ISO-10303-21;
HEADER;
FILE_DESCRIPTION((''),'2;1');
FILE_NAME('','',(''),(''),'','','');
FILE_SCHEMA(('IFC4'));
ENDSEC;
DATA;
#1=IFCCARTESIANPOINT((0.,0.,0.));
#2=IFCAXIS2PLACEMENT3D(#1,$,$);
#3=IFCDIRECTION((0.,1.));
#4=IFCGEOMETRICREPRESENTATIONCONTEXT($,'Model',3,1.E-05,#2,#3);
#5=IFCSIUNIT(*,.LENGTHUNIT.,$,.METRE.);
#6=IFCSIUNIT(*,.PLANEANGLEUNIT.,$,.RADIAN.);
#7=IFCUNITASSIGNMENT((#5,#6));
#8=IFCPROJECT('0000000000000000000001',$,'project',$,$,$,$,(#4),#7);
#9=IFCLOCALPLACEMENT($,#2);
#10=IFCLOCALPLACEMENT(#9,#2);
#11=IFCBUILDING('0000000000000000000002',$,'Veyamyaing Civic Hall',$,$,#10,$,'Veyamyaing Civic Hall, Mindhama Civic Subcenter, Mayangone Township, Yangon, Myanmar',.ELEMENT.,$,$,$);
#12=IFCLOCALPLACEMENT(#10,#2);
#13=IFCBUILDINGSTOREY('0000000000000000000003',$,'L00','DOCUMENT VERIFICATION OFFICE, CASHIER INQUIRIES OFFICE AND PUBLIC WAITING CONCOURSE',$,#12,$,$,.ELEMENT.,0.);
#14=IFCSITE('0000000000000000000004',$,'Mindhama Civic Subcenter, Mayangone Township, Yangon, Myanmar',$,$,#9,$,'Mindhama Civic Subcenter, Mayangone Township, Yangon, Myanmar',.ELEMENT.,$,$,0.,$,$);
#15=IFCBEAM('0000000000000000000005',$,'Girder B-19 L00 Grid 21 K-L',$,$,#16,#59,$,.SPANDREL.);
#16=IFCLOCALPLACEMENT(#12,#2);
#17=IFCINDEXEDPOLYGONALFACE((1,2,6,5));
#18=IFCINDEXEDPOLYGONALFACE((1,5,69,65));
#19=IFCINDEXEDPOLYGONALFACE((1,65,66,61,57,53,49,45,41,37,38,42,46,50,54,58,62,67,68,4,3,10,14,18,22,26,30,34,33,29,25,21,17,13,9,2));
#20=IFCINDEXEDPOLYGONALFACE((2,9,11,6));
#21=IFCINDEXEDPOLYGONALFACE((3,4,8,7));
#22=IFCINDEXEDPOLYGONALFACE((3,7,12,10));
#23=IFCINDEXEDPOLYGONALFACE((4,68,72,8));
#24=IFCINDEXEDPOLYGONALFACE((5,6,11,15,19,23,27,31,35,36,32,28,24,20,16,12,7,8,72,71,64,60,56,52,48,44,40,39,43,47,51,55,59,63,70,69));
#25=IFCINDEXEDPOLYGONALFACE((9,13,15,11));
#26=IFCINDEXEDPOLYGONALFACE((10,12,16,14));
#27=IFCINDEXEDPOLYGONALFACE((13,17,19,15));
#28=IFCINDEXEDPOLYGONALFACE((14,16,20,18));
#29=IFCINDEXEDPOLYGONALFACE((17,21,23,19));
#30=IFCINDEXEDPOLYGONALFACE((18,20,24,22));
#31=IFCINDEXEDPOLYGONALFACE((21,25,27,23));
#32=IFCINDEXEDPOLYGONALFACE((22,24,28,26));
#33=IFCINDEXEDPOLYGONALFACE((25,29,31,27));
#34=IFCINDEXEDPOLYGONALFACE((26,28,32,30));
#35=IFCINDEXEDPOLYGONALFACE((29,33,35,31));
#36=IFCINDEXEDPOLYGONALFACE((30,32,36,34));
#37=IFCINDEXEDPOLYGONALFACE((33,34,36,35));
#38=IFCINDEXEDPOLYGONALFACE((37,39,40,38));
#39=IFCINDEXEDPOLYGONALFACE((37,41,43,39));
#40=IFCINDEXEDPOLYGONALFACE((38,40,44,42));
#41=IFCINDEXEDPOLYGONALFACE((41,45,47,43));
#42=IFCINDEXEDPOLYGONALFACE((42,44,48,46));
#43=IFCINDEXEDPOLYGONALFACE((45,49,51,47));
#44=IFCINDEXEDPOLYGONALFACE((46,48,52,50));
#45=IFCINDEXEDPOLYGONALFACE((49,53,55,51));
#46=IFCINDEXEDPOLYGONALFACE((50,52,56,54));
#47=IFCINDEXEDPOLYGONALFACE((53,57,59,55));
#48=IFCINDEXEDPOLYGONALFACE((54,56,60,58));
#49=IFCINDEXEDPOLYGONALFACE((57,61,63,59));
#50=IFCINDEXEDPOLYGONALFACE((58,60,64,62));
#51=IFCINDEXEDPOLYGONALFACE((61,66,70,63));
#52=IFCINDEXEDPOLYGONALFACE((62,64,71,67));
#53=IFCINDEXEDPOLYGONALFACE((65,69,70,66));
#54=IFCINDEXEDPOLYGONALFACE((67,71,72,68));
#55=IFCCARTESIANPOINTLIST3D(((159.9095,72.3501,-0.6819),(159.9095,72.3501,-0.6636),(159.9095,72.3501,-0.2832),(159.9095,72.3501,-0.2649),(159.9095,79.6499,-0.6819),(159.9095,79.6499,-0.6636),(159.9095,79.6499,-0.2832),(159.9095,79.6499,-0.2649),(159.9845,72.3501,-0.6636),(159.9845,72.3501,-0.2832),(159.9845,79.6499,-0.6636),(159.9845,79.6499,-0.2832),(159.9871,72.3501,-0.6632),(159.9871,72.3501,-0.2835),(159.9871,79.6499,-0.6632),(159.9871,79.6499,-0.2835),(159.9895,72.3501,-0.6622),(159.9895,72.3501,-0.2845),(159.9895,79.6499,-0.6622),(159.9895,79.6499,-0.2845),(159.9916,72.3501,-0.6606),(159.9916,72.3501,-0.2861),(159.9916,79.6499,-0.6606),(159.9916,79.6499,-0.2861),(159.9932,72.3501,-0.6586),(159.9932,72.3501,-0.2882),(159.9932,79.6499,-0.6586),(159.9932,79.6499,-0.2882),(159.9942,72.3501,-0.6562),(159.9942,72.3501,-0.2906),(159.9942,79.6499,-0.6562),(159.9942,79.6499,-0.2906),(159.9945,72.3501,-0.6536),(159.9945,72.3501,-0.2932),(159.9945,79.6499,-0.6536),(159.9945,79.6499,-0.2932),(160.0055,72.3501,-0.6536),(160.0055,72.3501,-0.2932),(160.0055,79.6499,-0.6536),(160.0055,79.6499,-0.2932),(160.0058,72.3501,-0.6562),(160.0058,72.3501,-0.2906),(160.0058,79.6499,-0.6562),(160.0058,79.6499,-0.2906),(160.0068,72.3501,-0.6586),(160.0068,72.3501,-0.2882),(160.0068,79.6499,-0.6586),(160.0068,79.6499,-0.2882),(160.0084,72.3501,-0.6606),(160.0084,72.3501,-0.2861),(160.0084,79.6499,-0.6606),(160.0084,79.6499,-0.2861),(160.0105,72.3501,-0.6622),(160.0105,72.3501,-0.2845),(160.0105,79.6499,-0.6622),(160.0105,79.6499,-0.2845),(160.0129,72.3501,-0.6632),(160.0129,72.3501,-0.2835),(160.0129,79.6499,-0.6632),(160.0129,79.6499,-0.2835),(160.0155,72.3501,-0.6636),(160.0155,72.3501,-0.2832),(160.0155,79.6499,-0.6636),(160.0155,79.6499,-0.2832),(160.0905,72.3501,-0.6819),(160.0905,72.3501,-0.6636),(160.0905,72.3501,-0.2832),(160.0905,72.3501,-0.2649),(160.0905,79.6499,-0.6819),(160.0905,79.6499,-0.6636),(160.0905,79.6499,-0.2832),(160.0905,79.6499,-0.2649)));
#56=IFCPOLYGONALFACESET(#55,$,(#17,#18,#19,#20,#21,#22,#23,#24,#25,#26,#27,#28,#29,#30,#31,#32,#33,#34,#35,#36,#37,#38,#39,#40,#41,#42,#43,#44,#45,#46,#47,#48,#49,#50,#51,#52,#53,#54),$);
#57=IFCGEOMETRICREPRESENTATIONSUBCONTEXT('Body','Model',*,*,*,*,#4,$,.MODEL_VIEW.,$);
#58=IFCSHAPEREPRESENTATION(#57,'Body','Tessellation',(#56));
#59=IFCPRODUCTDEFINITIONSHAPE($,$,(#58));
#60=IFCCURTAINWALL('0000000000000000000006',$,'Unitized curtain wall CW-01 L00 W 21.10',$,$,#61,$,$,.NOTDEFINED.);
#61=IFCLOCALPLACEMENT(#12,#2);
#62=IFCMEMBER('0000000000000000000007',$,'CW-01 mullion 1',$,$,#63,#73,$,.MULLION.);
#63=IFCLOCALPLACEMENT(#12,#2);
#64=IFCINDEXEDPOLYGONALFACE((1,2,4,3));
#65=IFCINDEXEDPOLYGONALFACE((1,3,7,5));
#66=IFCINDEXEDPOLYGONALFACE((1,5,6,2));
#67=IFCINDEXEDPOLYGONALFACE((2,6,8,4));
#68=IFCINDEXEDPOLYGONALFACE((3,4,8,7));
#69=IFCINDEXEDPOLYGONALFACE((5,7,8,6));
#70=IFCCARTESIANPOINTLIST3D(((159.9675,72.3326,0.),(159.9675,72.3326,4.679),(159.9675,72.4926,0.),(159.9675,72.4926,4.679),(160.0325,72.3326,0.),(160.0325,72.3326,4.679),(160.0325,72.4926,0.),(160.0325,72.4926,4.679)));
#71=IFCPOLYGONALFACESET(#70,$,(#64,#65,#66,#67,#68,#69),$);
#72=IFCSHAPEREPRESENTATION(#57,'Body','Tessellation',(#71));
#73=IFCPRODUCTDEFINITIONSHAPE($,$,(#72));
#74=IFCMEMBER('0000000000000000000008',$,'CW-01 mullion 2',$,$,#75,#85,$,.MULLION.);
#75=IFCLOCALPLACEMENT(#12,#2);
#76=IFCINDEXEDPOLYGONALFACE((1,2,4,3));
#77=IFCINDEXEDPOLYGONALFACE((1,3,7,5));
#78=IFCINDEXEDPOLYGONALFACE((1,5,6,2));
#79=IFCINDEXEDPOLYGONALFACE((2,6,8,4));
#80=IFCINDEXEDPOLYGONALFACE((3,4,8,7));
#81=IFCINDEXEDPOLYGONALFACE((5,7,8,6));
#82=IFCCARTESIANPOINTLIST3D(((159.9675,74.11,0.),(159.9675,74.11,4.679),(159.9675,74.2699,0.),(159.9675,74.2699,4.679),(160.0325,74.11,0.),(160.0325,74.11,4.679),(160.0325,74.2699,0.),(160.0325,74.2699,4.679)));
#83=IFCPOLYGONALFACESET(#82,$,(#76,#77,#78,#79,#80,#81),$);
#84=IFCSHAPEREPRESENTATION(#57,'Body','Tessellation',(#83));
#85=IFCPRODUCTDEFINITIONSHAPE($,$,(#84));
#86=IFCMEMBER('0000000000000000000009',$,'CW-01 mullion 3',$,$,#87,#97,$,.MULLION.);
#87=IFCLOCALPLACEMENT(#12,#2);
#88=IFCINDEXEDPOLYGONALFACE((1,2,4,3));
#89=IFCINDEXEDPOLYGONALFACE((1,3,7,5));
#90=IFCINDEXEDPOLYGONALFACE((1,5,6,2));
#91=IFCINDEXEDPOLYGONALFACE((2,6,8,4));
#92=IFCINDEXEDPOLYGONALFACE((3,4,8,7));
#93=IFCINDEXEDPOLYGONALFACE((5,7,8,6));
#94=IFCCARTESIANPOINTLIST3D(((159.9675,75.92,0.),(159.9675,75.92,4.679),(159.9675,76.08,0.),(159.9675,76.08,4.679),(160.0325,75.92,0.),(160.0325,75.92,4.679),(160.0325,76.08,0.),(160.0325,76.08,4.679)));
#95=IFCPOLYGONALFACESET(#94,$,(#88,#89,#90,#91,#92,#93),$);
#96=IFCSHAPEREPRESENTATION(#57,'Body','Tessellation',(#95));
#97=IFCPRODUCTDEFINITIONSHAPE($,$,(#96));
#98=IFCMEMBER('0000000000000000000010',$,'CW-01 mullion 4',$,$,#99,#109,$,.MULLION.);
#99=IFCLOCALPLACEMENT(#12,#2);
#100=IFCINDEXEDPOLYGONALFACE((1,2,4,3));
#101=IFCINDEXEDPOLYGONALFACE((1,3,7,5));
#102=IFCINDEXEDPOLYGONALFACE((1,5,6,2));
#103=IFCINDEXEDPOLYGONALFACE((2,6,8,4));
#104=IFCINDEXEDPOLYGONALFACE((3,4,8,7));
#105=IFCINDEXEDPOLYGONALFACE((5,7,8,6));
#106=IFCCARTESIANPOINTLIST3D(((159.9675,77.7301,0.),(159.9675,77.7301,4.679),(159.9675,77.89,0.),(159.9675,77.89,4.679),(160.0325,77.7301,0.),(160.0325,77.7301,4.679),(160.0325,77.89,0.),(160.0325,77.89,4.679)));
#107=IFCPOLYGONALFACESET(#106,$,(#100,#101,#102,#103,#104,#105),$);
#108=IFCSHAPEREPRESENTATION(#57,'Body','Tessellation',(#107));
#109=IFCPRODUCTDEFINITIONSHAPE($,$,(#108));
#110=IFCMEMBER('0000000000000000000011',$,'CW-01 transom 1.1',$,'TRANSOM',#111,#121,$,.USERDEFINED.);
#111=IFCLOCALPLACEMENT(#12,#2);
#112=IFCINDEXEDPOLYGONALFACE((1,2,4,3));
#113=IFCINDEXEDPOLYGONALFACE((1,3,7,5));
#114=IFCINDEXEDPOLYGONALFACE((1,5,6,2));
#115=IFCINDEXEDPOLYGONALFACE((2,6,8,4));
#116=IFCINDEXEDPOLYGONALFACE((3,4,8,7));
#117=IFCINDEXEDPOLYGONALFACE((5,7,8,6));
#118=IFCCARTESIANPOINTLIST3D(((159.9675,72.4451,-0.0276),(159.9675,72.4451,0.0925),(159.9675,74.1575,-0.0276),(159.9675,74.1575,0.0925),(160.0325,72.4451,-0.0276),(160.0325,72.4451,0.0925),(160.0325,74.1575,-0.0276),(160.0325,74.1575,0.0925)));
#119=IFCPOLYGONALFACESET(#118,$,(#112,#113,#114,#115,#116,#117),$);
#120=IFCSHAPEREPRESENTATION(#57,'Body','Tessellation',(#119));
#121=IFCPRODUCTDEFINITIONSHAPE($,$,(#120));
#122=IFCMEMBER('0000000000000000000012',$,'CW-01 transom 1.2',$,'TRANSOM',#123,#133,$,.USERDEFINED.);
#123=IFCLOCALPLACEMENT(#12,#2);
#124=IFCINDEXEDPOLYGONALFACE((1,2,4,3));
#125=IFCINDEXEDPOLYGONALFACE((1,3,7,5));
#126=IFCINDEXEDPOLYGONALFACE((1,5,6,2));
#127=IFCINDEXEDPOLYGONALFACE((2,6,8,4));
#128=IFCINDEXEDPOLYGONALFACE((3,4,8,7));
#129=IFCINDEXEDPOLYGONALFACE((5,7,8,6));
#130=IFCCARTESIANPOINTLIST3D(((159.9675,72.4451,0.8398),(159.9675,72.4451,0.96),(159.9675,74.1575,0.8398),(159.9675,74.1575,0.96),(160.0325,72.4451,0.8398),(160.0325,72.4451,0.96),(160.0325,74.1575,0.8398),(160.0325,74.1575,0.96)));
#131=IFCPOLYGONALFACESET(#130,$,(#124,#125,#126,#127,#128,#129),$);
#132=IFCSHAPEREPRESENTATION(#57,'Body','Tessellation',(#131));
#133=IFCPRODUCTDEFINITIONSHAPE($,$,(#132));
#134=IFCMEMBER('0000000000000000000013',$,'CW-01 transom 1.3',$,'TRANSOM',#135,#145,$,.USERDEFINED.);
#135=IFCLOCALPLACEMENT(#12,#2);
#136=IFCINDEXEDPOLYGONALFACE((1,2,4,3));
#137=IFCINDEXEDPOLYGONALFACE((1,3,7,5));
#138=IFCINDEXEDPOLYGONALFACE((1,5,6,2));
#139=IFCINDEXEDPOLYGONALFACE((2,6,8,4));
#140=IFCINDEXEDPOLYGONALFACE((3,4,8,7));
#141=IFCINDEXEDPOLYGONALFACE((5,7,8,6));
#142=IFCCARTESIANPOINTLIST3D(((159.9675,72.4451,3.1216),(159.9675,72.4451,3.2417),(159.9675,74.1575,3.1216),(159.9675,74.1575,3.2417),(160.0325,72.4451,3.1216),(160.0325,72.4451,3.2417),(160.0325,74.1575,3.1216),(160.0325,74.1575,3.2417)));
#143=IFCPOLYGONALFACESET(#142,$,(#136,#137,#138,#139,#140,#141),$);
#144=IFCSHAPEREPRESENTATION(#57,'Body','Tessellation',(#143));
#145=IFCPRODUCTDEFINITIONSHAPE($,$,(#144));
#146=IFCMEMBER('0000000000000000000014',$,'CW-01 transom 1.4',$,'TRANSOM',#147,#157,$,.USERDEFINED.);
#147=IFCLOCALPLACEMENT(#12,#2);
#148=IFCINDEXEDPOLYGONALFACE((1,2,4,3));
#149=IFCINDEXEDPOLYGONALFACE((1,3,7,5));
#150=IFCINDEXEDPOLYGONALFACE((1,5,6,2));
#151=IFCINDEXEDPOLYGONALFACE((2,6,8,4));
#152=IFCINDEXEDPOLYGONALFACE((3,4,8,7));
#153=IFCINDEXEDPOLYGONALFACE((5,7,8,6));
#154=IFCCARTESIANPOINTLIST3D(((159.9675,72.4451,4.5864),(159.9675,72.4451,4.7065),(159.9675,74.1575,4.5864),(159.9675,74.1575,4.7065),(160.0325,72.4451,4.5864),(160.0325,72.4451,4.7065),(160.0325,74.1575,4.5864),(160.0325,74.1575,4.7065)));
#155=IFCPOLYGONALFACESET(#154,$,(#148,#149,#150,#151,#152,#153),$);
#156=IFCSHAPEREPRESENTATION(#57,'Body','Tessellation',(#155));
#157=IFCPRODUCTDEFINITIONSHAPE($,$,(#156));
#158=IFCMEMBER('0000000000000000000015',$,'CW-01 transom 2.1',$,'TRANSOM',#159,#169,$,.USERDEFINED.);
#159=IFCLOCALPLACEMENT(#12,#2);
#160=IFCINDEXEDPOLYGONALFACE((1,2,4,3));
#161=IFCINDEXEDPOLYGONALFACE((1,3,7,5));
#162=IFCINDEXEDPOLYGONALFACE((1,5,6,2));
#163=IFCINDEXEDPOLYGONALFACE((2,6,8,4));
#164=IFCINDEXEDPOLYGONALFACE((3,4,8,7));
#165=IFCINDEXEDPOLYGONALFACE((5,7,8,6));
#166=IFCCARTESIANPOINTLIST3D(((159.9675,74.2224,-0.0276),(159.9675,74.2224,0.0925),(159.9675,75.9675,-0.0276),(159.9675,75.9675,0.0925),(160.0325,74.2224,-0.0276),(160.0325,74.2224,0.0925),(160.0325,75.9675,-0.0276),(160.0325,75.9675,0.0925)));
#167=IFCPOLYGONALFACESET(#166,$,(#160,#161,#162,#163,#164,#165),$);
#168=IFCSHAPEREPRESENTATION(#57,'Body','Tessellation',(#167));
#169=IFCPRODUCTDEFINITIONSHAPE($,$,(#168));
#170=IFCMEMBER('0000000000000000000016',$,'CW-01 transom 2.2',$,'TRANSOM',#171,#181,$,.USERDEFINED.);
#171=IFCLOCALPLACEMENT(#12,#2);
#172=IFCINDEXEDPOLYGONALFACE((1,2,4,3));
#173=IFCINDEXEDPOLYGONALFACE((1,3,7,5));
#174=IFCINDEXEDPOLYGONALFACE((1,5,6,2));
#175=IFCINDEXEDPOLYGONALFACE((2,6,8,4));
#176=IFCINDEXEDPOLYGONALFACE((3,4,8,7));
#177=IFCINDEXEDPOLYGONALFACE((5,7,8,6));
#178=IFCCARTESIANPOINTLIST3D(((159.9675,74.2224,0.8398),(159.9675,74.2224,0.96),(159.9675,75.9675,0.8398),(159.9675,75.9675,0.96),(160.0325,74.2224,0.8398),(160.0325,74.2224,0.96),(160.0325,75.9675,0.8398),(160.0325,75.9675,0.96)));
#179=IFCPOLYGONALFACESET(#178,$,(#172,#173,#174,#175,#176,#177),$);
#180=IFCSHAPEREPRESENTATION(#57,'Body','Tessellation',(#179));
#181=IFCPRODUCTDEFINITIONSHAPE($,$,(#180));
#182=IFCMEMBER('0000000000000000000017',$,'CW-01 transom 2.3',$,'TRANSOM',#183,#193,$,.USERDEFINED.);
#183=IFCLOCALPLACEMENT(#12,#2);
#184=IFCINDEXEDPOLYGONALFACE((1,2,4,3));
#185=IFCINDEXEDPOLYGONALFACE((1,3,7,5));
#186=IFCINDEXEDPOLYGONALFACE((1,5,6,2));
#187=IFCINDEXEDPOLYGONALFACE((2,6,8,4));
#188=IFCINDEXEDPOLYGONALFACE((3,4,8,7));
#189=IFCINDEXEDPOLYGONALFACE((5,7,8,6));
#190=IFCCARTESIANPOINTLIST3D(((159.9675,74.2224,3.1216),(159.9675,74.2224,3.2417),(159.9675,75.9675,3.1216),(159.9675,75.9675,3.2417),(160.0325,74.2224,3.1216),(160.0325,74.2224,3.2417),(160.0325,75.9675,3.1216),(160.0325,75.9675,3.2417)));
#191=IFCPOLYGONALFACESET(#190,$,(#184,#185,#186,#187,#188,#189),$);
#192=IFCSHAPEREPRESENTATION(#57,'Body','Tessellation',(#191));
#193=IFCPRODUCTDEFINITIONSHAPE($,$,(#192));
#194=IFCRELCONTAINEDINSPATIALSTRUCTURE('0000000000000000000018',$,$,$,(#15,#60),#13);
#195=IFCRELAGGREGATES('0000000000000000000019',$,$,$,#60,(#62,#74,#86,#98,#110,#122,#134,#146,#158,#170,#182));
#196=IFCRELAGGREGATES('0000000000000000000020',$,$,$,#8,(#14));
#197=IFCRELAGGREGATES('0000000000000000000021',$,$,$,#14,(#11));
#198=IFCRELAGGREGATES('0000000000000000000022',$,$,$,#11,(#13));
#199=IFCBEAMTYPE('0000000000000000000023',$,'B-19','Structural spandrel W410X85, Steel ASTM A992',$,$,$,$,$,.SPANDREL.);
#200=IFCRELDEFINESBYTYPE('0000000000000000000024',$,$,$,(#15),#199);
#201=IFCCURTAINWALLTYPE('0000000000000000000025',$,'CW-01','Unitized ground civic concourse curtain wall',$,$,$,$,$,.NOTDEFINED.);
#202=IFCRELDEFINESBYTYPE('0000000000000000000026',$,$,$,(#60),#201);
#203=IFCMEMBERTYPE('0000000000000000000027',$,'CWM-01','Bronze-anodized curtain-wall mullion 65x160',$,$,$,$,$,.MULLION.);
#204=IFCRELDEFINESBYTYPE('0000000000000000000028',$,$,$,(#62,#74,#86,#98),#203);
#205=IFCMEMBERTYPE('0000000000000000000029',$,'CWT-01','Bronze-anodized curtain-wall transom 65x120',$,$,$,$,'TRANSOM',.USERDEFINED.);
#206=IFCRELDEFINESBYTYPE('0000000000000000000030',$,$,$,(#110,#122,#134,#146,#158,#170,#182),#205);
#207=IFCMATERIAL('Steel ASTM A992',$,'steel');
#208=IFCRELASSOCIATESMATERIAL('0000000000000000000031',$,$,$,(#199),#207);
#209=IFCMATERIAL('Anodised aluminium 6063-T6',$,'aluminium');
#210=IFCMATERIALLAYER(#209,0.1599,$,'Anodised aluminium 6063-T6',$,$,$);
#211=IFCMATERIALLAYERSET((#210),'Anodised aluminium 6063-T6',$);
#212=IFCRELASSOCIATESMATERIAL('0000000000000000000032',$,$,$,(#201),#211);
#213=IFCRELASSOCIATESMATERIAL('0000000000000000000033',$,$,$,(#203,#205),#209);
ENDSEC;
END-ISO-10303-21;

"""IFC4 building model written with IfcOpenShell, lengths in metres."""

from ifc_helpers import new_model, si_unit, direction, frame, origin, origin_2d, place, context, subcontext, project, spatial, rectangle, i_section, extrude, material, layer, layer_set, material_profile, profile_set, type_object, element, aggregate, save


model = new_model("IFC4")

# Units and contexts
model_context = context("Model", 3, precision=1e-05, world=origin(), true_north=direction((0.0, 1.0)))
body_context = subcontext(model_context, "Body", "Model", "MODEL_VIEW")
ifc_project = project(units=[si_unit("LENGTHUNIT", "METRE"), si_unit("PLANEANGLEUNIT", "RADIAN")], contexts=[model_context])

# Site, building, storey
site_placement = place(None, origin())
site = spatial("IfcSite", under=ifc_project, at=site_placement, Name="Mindhama Civic Subcenter, Mayangone Township, Yangon, Myanmar", LongName="Mindhama Civic Subcenter, Mayangone Township, Yangon, Myanmar", CompositionType="ELEMENT", RefElevation=0.0)
building_placement = place(site_placement, origin())
building = spatial("IfcBuilding", under=site, at=building_placement, Name="Veyamyaing Civic Hall", LongName="Veyamyaing Civic Hall, Mindhama Civic Subcenter, Mayangone Township, Yangon, Myanmar", CompositionType="ELEMENT")
storey_placement = place(building_placement, origin())
storey = spatial("IfcBuildingStorey", under=building, at=storey_placement, Name="L00", Description="DOCUMENT VERIFICATION OFFICE, CASHIER INQUIRIES OFFICE AND PUBLIC WAITING CONCOURSE", CompositionType="ELEMENT", Elevation=0.0)

# Beam
ifc_material_1 = material(Name="Steel ASTM A992", Category="steel")
ifc_material_profile_1 = material_profile(ifc_material_1, i_section(OverallWidth=0.1809, OverallDepth=0.417, WebThickness=0.011, FlangeThickness=0.0183, FilletRadius=0.01, at=origin_2d()), Name="W410X85")
ifc_profile_set_1 = profile_set([ifc_material_profile_1], Name="Steel ASTM A992")
beam_type = type_object("IfcBeamType", Name="B-19", Description="Structural spandrel W410X85, Steel ASTM A992", PredefinedType="SPANDREL", material=ifc_profile_set_1)
beam_placement = place(storey_placement, frame((160.0, 72.3501, -0.4734), z_axis=(0.0, 1.0, 0.0), x_axis=(-1.0, 0.0, 0.0)))
element("IfcBeam", 1, at=beam_placement, inside=storey, type_object=beam_type, Name="Girder B-19 L00 Grid 21 K-L", PredefinedType="SPANDREL", context=body_context, shape_type="SweptSolid", body=[
    extrude(i_section(OverallWidth=0.1809, OverallDepth=0.417, WebThickness=0.011, FlangeThickness=0.0183, FilletRadius=0.01, at=origin_2d()), origin(), (0.0, 0.0, 1.0), 7.2998),
])

# Curtain wall, members
ifc_material_2 = material(Name="Anodised aluminium 6063-T6", Category="aluminium")
ifc_layer_1 = layer(ifc_material_2, 0.1599, Name="Anodised aluminium 6063-T6")
ifc_layer_set_1 = layer_set([ifc_layer_1], Name="Anodised aluminium 6063-T6")
curtain_wall_type = type_object("IfcCurtainWallType", Name="CW-01", Description="Unitized ground civic concourse curtain wall", PredefinedType="NOTDEFINED", material=ifc_layer_set_1)
curtain_wall_placement = place(storey_placement, origin())
curtain_wall = element("IfcCurtainWall", 2, at=curtain_wall_placement, inside=storey, type_object=curtain_wall_type, Name="Unitized curtain wall CW-01 L00 W 21.10", PredefinedType="NOTDEFINED")
ifc_material_profile_2 = material_profile(ifc_material_2, rectangle(XDim=0.0649, YDim=0.1599, at=origin_2d()), Name="ALU-MUL-65X160")
ifc_profile_set_2 = profile_set([ifc_material_profile_2], Name="Anodised aluminium 6063-T6")
member_type_1 = type_object("IfcMemberType", Name="CWM-01", Description="Bronze-anodized curtain-wall mullion 65x160", PredefinedType="MULLION", material=ifc_profile_set_2)
member_1_placement = place(storey_placement, frame((160.0, 72.4126, 0.0), z_axis=(0.0, 0.0, 1.0), x_axis=(-1.0, 0.0, 0.0)))
member_1 = element("IfcMember", 3, at=member_1_placement, type_object=member_type_1, Name="CW-01 mullion 1", PredefinedType="MULLION", context=body_context, shape_type="SweptSolid", body=[
    extrude(rectangle(XDim=0.0649, YDim=0.1599, at=origin_2d()), origin(), (0.0, 0.0, 1.0), 4.679),
])
member_2_placement = place(storey_placement, frame((160.0, 74.1899, 0.0), z_axis=(0.0, 0.0, 1.0), x_axis=(-1.0, 0.0, 0.0)))
member_2 = element("IfcMember", 4, at=member_2_placement, type_object=member_type_1, Name="CW-01 mullion 2", PredefinedType="MULLION", context=body_context, shape_type="SweptSolid", body=[
    extrude(rectangle(XDim=0.0649, YDim=0.1599, at=origin_2d()), origin(), (0.0, 0.0, 1.0), 4.679),
])
member_3_placement = place(storey_placement, frame((160.0, 76.0, 0.0), z_axis=(0.0, 0.0, 1.0), x_axis=(-1.0, 0.0, 0.0)))
member_3 = element("IfcMember", 5, at=member_3_placement, type_object=member_type_1, Name="CW-01 mullion 3", PredefinedType="MULLION", context=body_context, shape_type="SweptSolid", body=[
    extrude(rectangle(XDim=0.0649, YDim=0.1599, at=origin_2d()), origin(), (0.0, 0.0, 1.0), 4.679),
])
member_4_placement = place(storey_placement, frame((160.0, 77.8101, 0.0), z_axis=(0.0, 0.0, 1.0), x_axis=(-1.0, 0.0, 0.0)))
member_4 = element("IfcMember", 6, at=member_4_placement, type_object=member_type_1, Name="CW-01 mullion 4", PredefinedType="MULLION", context=body_context, shape_type="SweptSolid", body=[
    extrude(rectangle(XDim=0.0649, YDim=0.1599, at=origin_2d()), origin(), (0.0, 0.0, 1.0), 4.679),
])
ifc_material_profile_3 = material_profile(ifc_material_2, rectangle(XDim=0.0649, YDim=0.1201, at=origin_2d()), Name="ALU-TRN-65X120")
ifc_profile_set_3 = profile_set([ifc_material_profile_3], Name="Anodised aluminium 6063-T6")
member_type_2 = type_object("IfcMemberType", Name="CWT-01", Description="Bronze-anodized curtain-wall transom 65x120", ElementType="TRANSOM", PredefinedType="USERDEFINED", material=ifc_profile_set_3)
member_5_placement = place(storey_placement, frame((160.0, 72.4451, 0.0325), z_axis=(0.0, 1.0, 0.0), x_axis=(-1.0, 0.0, 0.0)))
member_5 = element("IfcMember", 7, at=member_5_placement, type_object=member_type_2, Name="CW-01 transom 1.1", ObjectType="TRANSOM", PredefinedType="USERDEFINED", context=body_context, shape_type="SweptSolid", body=[
    extrude(rectangle(XDim=0.0649, YDim=0.1201, at=origin_2d()), origin(), (0.0, 0.0, 1.0), 1.7124),
])
member_6_placement = place(storey_placement, frame((160.0, 72.4451, 0.8999), z_axis=(0.0, 1.0, 0.0), x_axis=(-1.0, 0.0, 0.0)))
member_6 = element("IfcMember", 8, at=member_6_placement, type_object=member_type_2, Name="CW-01 transom 1.2", ObjectType="TRANSOM", PredefinedType="USERDEFINED", context=body_context, shape_type="SweptSolid", body=[
    extrude(rectangle(XDim=0.0649, YDim=0.1201, at=origin_2d()), origin(), (0.0, 0.0, 1.0), 1.7124),
])
member_7_placement = place(storey_placement, frame((160.0, 72.4451, 3.1816), z_axis=(0.0, 1.0, 0.0), x_axis=(-1.0, 0.0, 0.0)))
member_7 = element("IfcMember", 9, at=member_7_placement, type_object=member_type_2, Name="CW-01 transom 1.3", ObjectType="TRANSOM", PredefinedType="USERDEFINED", context=body_context, shape_type="SweptSolid", body=[
    extrude(rectangle(XDim=0.0649, YDim=0.1201, at=origin_2d()), origin(), (0.0, 0.0, 1.0), 1.7124),
])
member_8_placement = place(storey_placement, frame((160.0, 72.4451, 4.6465), z_axis=(0.0, 1.0, 0.0), x_axis=(-1.0, 0.0, 0.0)))
member_8 = element("IfcMember", 10, at=member_8_placement, type_object=member_type_2, Name="CW-01 transom 1.4", ObjectType="TRANSOM", PredefinedType="USERDEFINED", context=body_context, shape_type="SweptSolid", body=[
    extrude(rectangle(XDim=0.0649, YDim=0.1201, at=origin_2d()), origin(), (0.0, 0.0, 1.0), 1.7124),
])
member_9_placement = place(storey_placement, frame((160.0, 74.2224, 0.0325), z_axis=(0.0, 1.0, 0.0), x_axis=(-1.0, 0.0, 0.0)))
member_9 = element("IfcMember", 11, at=member_9_placement, type_object=member_type_2, Name="CW-01 transom 2.1", ObjectType="TRANSOM", PredefinedType="USERDEFINED", context=body_context, shape_type="SweptSolid", body=[
    extrude(rectangle(XDim=0.0649, YDim=0.1201, at=origin_2d()), origin(), (0.0, 0.0, 1.0), 1.7451),
])
member_10_placement = place(storey_placement, frame((160.0, 74.2224, 0.8999), z_axis=(0.0, 1.0, 0.0), x_axis=(-1.0, 0.0, 0.0)))
member_10 = element("IfcMember", 12, at=member_10_placement, type_object=member_type_2, Name="CW-01 transom 2.2", ObjectType="TRANSOM", PredefinedType="USERDEFINED", context=body_context, shape_type="SweptSolid", body=[
    extrude(rectangle(XDim=0.0649, YDim=0.1201, at=origin_2d()), origin(), (0.0, 0.0, 1.0), 1.7451),
])
member_11_placement = place(storey_placement, frame((160.0, 74.2224, 3.1816), z_axis=(0.0, 1.0, 0.0), x_axis=(-1.0, 0.0, 0.0)))
member_11 = element("IfcMember", 13, at=member_11_placement, type_object=member_type_2, Name="CW-01 transom 2.3", ObjectType="TRANSOM", PredefinedType="USERDEFINED", context=body_context, shape_type="SweptSolid", body=[
    extrude(rectangle(XDim=0.0649, YDim=0.1201, at=origin_2d()), origin(), (0.0, 0.0, 1.0), 1.7451),
])
aggregate(curtain_wall, [member_1, member_2, member_3, member_4, member_5, member_6, member_7, member_8, member_9, member_10, member_11])

save(model, "model.ifc")
